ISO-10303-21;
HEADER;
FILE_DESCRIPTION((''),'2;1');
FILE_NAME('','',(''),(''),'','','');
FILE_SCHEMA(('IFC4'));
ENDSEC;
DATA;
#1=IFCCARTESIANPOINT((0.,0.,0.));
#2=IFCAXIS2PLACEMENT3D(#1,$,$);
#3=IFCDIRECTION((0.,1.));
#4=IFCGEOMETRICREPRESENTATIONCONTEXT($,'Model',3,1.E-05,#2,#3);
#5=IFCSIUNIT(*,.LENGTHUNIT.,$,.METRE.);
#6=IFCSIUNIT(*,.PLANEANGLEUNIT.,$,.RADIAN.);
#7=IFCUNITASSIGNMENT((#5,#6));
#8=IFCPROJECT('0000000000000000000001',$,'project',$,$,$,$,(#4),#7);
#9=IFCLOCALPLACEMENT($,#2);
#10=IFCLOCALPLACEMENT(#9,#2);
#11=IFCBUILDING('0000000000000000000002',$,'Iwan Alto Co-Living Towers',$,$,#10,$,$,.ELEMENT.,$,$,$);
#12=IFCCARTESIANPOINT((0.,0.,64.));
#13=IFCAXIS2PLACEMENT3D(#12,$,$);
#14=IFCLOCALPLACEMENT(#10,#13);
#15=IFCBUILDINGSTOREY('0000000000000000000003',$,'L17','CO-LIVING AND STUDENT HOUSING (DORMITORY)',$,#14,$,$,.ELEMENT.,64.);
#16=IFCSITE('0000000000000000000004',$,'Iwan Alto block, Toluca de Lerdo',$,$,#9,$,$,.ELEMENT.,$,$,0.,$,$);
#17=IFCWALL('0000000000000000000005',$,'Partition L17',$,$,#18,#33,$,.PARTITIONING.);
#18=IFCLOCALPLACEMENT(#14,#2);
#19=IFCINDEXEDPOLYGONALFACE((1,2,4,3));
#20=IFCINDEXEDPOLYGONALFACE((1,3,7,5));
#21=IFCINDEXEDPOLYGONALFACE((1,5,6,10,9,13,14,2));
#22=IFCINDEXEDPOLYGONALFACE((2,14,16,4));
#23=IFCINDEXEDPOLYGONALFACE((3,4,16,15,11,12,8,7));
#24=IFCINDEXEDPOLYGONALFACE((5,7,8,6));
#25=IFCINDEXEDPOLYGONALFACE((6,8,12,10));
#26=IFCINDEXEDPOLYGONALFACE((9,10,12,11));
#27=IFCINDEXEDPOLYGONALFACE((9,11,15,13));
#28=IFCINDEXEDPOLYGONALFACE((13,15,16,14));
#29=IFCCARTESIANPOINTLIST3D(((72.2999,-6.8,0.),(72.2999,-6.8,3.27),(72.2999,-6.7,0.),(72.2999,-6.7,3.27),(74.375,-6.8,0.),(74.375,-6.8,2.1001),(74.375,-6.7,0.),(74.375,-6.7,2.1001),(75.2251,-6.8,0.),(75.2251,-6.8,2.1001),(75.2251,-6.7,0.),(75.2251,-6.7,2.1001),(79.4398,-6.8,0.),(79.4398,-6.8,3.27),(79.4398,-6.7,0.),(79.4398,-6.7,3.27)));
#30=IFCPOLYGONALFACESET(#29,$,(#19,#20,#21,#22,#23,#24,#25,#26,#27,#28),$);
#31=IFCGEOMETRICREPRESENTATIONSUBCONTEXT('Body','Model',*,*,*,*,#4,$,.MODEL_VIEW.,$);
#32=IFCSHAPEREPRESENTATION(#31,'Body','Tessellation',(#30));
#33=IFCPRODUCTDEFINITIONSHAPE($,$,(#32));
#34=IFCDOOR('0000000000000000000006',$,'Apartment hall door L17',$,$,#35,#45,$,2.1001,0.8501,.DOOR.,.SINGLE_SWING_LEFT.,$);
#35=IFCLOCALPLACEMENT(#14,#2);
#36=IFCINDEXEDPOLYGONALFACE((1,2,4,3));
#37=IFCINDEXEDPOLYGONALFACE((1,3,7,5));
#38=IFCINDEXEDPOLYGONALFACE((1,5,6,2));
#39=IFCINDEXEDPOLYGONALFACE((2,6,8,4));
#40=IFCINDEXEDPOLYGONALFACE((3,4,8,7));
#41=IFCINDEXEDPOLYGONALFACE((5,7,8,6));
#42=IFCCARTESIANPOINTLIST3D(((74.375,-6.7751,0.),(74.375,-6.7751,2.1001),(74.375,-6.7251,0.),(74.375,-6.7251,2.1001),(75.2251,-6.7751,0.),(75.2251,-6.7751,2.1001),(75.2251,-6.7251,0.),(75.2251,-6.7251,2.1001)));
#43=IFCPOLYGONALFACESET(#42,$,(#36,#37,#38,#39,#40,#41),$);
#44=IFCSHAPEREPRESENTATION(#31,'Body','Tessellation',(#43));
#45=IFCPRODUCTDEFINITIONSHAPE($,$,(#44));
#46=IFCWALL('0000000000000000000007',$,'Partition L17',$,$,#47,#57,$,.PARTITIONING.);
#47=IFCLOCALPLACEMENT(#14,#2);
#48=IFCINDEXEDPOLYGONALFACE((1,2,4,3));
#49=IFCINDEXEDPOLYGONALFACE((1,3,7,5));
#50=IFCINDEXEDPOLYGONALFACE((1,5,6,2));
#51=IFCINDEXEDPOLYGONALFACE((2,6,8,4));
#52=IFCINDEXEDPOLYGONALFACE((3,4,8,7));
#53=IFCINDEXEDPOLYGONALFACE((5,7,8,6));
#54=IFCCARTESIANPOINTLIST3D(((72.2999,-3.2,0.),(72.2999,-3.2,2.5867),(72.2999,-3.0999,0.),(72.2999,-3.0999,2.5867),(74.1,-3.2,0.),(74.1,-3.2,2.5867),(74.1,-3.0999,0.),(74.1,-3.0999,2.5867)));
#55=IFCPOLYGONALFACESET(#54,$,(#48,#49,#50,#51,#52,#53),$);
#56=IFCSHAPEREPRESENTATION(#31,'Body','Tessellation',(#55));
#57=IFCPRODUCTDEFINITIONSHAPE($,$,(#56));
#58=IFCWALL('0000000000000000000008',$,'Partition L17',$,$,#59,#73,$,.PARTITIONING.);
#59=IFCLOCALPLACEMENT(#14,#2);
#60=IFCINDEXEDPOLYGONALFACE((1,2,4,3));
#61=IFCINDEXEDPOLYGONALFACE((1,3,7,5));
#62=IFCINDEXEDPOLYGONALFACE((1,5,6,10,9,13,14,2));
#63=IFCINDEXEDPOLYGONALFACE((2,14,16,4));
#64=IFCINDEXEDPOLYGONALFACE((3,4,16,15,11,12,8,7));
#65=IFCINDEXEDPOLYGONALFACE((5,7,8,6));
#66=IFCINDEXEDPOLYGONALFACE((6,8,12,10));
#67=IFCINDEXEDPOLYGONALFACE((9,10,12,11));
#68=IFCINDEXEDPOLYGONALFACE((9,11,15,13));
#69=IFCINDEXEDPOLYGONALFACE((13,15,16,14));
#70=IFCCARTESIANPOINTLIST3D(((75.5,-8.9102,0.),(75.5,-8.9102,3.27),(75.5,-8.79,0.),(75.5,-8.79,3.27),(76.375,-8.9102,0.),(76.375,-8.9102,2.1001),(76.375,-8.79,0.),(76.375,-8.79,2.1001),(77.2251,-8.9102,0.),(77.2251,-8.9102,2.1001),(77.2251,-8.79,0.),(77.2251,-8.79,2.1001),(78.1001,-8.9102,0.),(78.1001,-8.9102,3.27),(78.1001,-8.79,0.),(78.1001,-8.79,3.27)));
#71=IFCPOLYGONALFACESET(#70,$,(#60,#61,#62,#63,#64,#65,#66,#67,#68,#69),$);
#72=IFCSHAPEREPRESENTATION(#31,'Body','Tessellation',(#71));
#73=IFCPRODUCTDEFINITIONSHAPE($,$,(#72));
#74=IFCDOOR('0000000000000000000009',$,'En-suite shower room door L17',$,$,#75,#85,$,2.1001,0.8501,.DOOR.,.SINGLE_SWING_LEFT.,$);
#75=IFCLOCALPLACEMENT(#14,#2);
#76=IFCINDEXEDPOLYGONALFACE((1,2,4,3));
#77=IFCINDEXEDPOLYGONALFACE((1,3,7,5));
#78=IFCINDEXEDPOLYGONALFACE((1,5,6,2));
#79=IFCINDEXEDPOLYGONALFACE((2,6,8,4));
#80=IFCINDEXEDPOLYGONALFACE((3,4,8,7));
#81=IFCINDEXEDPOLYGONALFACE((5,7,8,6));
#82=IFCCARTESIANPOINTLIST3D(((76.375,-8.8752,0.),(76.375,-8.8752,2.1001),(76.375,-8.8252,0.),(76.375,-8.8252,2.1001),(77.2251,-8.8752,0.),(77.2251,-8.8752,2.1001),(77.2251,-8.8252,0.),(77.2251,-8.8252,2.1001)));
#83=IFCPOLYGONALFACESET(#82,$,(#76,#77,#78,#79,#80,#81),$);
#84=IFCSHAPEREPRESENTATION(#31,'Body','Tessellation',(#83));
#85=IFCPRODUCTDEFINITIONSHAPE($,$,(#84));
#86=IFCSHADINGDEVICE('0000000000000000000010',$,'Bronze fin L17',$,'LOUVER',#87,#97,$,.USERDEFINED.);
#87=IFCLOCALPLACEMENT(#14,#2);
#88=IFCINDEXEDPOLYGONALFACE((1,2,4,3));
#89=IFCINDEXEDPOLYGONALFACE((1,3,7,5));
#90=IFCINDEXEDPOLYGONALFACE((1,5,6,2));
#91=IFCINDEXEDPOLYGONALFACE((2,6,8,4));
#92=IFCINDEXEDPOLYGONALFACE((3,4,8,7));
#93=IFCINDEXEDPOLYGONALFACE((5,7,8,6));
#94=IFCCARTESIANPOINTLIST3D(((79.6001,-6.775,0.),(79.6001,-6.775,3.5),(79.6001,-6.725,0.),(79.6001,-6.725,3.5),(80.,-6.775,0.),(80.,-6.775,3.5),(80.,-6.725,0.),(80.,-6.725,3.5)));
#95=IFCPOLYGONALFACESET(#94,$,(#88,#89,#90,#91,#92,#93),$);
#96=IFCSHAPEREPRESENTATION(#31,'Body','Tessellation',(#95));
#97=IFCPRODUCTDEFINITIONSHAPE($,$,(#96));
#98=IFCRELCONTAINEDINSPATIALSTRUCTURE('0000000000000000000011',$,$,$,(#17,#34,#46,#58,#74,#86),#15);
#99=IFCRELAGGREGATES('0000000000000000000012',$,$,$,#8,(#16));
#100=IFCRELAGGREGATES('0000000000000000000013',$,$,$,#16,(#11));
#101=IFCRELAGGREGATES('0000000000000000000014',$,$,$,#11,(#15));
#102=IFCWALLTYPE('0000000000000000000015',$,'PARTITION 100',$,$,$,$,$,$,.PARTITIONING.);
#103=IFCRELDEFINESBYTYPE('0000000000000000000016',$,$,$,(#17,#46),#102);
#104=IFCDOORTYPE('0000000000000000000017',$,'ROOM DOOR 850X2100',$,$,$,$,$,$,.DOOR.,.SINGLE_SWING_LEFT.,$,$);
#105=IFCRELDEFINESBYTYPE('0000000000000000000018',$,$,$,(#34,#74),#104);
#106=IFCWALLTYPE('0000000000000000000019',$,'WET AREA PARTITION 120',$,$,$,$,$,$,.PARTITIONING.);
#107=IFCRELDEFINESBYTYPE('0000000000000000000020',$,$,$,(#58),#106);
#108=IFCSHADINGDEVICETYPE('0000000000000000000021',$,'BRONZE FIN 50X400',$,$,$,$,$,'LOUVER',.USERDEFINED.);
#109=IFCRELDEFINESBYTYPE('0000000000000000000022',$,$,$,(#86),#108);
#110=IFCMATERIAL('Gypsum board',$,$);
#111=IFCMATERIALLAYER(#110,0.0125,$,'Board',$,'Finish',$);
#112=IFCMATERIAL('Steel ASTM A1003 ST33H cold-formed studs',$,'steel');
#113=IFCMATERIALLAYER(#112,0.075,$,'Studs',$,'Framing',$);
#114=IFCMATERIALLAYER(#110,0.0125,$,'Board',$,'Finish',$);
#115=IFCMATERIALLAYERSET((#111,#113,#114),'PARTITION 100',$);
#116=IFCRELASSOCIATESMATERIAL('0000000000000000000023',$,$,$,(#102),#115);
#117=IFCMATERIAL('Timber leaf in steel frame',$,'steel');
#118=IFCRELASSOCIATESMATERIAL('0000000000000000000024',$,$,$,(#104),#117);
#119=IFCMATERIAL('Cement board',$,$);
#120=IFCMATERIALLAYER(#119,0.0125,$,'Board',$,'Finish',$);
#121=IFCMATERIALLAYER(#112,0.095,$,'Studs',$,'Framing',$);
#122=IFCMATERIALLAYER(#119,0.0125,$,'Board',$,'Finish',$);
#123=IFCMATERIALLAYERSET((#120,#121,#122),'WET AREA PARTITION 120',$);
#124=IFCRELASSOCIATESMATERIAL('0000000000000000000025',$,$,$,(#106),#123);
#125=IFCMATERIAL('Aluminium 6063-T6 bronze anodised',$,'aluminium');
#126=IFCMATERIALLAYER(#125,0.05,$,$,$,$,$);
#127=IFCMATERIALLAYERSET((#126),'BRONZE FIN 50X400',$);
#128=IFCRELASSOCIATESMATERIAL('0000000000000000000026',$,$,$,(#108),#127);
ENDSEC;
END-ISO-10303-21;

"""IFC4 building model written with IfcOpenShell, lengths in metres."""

from ifc_helpers import new_model, si_unit, direction, frame, frame_2d, origin, origin_2d, place, context, subcontext, project, spatial, rectangle, extrude, material, layer, layer_set, type_object, element, fill, save


model = new_model("IFC4")

# Units and contexts
model_context = context("Model", 3, precision=1e-05, world=origin(), true_north=direction((0.0, 1.0)))
body_context = subcontext(model_context, "Body", "Model", "MODEL_VIEW")
ifc_project = project(units=[si_unit("LENGTHUNIT", "METRE"), si_unit("PLANEANGLEUNIT", "RADIAN")], contexts=[model_context])

# Site, building, storey
site_placement = place(None, origin())
site = spatial("IfcSite", under=ifc_project, at=site_placement, Name="Iwan Alto block, Toluca de Lerdo", CompositionType="ELEMENT", RefElevation=0.0)
building_placement = place(site_placement, origin())
building = spatial("IfcBuilding", under=site, at=building_placement, Name="Iwan Alto Co-Living Towers", CompositionType="ELEMENT")
storey_placement = place(building_placement, frame((0.0, 0.0, 64.0)))
storey = spatial("IfcBuildingStorey", under=building, at=storey_placement, Name="L17", Description="CO-LIVING AND STUDENT HOUSING (DORMITORY)", CompositionType="ELEMENT", Elevation=64.0)

# Wall, opening, door
ifc_material_1 = material(Name="Gypsum board")
ifc_layer_1 = layer(ifc_material_1, 0.0125, Name="Board", Category="Finish")
ifc_material_2 = material(Name="Steel ASTM A1003 ST33H cold-formed studs", Category="steel")
ifc_layer_2 = layer(ifc_material_2, 0.075, Name="Studs", Category="Framing")
ifc_layer_3 = layer(ifc_material_1, 0.0125, Name="Board", Category="Finish")
ifc_layer_set_1 = layer_set([ifc_layer_1, ifc_layer_2, ifc_layer_3], Name="PARTITION 100")
wall_type_1 = type_object("IfcWallType", Name="PARTITION 100", PredefinedType="PARTITIONING", material=ifc_layer_set_1)
wall_1_placement = place(storey_placement, frame((72.3, -6.75, 0.0), z_axis=(0.0, 0.0, 1.0), x_axis=(1.0, 0.0, 0.0)))
wall_1 = element("IfcWall", 1, at=wall_1_placement, inside=storey, type_object=wall_type_1, Name="Partition L17", PredefinedType="PARTITIONING", context=body_context, shape_type="SweptSolid", body=[
    extrude(rectangle(XDim=7.1399, YDim=0.1001, at=frame_2d((3.5698, 0.0))), origin(), (0.0, 0.0, 1.0), 3.27),
])
opening_1_placement = place(wall_1_placement, frame((2.075, 0.0, 0.0)))
opening_1 = element("IfcOpeningElement", 2, at=opening_1_placement, cuts=wall_1, PredefinedType="OPENING", context=body_context, shape_type="SweptSolid", body=[
    extrude(rectangle(XDim=0.8501, YDim=2.1001, at=frame_2d((0.425, 1.05))), frame((0.0, 0.0601, 0.0), z_axis=(0.0, -1.0, 0.0), x_axis=(1.0, 0.0, 0.0)), (0.0, 0.0, 1.0), 0.1201),
])
ifc_material_3 = material(Name="Timber leaf in steel frame", Category="steel")
door_type = type_object("IfcDoorType", Name="ROOM DOOR 850X2100", OperationType="SINGLE_SWING_LEFT", PredefinedType="DOOR", material=ifc_material_3)
door_1_placement = place(opening_1_placement, origin())
door_1 = element("IfcDoor", 3, at=door_1_placement, inside=storey, type_object=door_type, Name="Apartment hall door L17", OperationType="SINGLE_SWING_LEFT", OverallHeight=2.1001, OverallWidth=0.8501, PredefinedType="DOOR", context=body_context, shape_type="SweptSolid", body=[
    extrude(rectangle(XDim=0.8501, YDim=2.1001, at=frame_2d((0.425, 1.05))), frame((0.0, 0.0249, 0.0), z_axis=(0.0, -1.0, 0.0), x_axis=(1.0, 0.0, 0.0)), (0.0, 0.0, 1.0), 0.05),
])
fill(opening_1, door_1)

# Wall
wall_2_placement = place(storey_placement, frame((72.3, -3.1499, 0.0), z_axis=(0.0, 0.0, 1.0), x_axis=(1.0, 0.0, 0.0)))
element("IfcWall", 4, at=wall_2_placement, inside=storey, type_object=wall_type_1, Name="Partition L17", PredefinedType="PARTITIONING", context=body_context, shape_type="SweptSolid", body=[
    extrude(rectangle(XDim=1.8, YDim=0.1001, at=frame_2d((0.8999, 0.0))), origin(), (0.0, 0.0, 1.0), 2.5867),
])

# Wall, opening, door
ifc_material_4 = material(Name="Cement board")
ifc_layer_4 = layer(ifc_material_4, 0.0125, Name="Board", Category="Finish")
ifc_layer_5 = layer(ifc_material_2, 0.095, Name="Studs", Category="Framing")
ifc_layer_6 = layer(ifc_material_4, 0.0125, Name="Board", Category="Finish")
ifc_layer_set_2 = layer_set([ifc_layer_4, ifc_layer_5, ifc_layer_6], Name="WET AREA PARTITION 120")
wall_type_2 = type_object("IfcWallType", Name="WET AREA PARTITION 120", PredefinedType="PARTITIONING", material=ifc_layer_set_2)
wall_3_placement = place(storey_placement, frame((75.5, -8.8501, 0.0), z_axis=(0.0, 0.0, 1.0), x_axis=(1.0, 0.0, 0.0)))
wall_3 = element("IfcWall", 5, at=wall_3_placement, inside=storey, type_object=wall_type_2, Name="Partition L17", PredefinedType="PARTITIONING", context=body_context, shape_type="SweptSolid", body=[
    extrude(rectangle(XDim=2.6001, YDim=0.1201, at=frame_2d((1.3, 0.0))), origin(), (0.0, 0.0, 1.0), 3.27),
])
opening_2_placement = place(wall_3_placement, frame((0.875, 0.0, 0.0)))
opening_2 = element("IfcOpeningElement", 6, at=opening_2_placement, cuts=wall_3, PredefinedType="OPENING", context=body_context, shape_type="SweptSolid", body=[
    extrude(rectangle(XDim=0.8501, YDim=2.1001, at=frame_2d((0.425, 1.05))), frame((0.0, 0.0701, 0.0), z_axis=(0.0, -1.0, 0.0), x_axis=(1.0, 0.0, 0.0)), (0.0, 0.0, 1.0), 0.1401),
])
door_2_placement = place(opening_2_placement, origin())
door_2 = element("IfcDoor", 7, at=door_2_placement, inside=storey, type_object=door_type, Name="En-suite shower room door L17", OperationType="SINGLE_SWING_LEFT", OverallHeight=2.1001, OverallWidth=0.8501, PredefinedType="DOOR", context=body_context, shape_type="SweptSolid", body=[
    extrude(rectangle(XDim=0.8501, YDim=2.1001, at=frame_2d((0.425, 1.05))), frame((0.0, 0.0249, 0.0), z_axis=(0.0, -1.0, 0.0), x_axis=(1.0, 0.0, 0.0)), (0.0, 0.0, 1.0), 0.05),
])
fill(opening_2, door_2)

# Shading device
ifc_material_5 = material(Name="Aluminium 6063-T6 bronze anodised", Category="aluminium")
ifc_layer_7 = layer(ifc_material_5, 0.05)
ifc_layer_set_3 = layer_set([ifc_layer_7], Name="BRONZE FIN 50X400")
shading_device_type = type_object("IfcShadingDeviceType", Name="BRONZE FIN 50X400", ElementType="LOUVER", PredefinedType="USERDEFINED", material=ifc_layer_set_3)
shading_device_placement = place(storey_placement, frame((79.8, -6.75, 0.0), z_axis=(0.0, 0.0, 1.0), x_axis=(0.0, 1.0, 0.0)))
element("IfcShadingDevice", 8, at=shading_device_placement, inside=storey, type_object=shading_device_type, Name="Bronze fin L17", ObjectType="LOUVER", PredefinedType="USERDEFINED", context=body_context, shape_type="SweptSolid", body=[
    extrude(rectangle(XDim=0.05, YDim=0.3999, at=origin_2d()), origin(), (0.0, 0.0, 1.0), 3.5),
])

save(model, "model.ifc")
